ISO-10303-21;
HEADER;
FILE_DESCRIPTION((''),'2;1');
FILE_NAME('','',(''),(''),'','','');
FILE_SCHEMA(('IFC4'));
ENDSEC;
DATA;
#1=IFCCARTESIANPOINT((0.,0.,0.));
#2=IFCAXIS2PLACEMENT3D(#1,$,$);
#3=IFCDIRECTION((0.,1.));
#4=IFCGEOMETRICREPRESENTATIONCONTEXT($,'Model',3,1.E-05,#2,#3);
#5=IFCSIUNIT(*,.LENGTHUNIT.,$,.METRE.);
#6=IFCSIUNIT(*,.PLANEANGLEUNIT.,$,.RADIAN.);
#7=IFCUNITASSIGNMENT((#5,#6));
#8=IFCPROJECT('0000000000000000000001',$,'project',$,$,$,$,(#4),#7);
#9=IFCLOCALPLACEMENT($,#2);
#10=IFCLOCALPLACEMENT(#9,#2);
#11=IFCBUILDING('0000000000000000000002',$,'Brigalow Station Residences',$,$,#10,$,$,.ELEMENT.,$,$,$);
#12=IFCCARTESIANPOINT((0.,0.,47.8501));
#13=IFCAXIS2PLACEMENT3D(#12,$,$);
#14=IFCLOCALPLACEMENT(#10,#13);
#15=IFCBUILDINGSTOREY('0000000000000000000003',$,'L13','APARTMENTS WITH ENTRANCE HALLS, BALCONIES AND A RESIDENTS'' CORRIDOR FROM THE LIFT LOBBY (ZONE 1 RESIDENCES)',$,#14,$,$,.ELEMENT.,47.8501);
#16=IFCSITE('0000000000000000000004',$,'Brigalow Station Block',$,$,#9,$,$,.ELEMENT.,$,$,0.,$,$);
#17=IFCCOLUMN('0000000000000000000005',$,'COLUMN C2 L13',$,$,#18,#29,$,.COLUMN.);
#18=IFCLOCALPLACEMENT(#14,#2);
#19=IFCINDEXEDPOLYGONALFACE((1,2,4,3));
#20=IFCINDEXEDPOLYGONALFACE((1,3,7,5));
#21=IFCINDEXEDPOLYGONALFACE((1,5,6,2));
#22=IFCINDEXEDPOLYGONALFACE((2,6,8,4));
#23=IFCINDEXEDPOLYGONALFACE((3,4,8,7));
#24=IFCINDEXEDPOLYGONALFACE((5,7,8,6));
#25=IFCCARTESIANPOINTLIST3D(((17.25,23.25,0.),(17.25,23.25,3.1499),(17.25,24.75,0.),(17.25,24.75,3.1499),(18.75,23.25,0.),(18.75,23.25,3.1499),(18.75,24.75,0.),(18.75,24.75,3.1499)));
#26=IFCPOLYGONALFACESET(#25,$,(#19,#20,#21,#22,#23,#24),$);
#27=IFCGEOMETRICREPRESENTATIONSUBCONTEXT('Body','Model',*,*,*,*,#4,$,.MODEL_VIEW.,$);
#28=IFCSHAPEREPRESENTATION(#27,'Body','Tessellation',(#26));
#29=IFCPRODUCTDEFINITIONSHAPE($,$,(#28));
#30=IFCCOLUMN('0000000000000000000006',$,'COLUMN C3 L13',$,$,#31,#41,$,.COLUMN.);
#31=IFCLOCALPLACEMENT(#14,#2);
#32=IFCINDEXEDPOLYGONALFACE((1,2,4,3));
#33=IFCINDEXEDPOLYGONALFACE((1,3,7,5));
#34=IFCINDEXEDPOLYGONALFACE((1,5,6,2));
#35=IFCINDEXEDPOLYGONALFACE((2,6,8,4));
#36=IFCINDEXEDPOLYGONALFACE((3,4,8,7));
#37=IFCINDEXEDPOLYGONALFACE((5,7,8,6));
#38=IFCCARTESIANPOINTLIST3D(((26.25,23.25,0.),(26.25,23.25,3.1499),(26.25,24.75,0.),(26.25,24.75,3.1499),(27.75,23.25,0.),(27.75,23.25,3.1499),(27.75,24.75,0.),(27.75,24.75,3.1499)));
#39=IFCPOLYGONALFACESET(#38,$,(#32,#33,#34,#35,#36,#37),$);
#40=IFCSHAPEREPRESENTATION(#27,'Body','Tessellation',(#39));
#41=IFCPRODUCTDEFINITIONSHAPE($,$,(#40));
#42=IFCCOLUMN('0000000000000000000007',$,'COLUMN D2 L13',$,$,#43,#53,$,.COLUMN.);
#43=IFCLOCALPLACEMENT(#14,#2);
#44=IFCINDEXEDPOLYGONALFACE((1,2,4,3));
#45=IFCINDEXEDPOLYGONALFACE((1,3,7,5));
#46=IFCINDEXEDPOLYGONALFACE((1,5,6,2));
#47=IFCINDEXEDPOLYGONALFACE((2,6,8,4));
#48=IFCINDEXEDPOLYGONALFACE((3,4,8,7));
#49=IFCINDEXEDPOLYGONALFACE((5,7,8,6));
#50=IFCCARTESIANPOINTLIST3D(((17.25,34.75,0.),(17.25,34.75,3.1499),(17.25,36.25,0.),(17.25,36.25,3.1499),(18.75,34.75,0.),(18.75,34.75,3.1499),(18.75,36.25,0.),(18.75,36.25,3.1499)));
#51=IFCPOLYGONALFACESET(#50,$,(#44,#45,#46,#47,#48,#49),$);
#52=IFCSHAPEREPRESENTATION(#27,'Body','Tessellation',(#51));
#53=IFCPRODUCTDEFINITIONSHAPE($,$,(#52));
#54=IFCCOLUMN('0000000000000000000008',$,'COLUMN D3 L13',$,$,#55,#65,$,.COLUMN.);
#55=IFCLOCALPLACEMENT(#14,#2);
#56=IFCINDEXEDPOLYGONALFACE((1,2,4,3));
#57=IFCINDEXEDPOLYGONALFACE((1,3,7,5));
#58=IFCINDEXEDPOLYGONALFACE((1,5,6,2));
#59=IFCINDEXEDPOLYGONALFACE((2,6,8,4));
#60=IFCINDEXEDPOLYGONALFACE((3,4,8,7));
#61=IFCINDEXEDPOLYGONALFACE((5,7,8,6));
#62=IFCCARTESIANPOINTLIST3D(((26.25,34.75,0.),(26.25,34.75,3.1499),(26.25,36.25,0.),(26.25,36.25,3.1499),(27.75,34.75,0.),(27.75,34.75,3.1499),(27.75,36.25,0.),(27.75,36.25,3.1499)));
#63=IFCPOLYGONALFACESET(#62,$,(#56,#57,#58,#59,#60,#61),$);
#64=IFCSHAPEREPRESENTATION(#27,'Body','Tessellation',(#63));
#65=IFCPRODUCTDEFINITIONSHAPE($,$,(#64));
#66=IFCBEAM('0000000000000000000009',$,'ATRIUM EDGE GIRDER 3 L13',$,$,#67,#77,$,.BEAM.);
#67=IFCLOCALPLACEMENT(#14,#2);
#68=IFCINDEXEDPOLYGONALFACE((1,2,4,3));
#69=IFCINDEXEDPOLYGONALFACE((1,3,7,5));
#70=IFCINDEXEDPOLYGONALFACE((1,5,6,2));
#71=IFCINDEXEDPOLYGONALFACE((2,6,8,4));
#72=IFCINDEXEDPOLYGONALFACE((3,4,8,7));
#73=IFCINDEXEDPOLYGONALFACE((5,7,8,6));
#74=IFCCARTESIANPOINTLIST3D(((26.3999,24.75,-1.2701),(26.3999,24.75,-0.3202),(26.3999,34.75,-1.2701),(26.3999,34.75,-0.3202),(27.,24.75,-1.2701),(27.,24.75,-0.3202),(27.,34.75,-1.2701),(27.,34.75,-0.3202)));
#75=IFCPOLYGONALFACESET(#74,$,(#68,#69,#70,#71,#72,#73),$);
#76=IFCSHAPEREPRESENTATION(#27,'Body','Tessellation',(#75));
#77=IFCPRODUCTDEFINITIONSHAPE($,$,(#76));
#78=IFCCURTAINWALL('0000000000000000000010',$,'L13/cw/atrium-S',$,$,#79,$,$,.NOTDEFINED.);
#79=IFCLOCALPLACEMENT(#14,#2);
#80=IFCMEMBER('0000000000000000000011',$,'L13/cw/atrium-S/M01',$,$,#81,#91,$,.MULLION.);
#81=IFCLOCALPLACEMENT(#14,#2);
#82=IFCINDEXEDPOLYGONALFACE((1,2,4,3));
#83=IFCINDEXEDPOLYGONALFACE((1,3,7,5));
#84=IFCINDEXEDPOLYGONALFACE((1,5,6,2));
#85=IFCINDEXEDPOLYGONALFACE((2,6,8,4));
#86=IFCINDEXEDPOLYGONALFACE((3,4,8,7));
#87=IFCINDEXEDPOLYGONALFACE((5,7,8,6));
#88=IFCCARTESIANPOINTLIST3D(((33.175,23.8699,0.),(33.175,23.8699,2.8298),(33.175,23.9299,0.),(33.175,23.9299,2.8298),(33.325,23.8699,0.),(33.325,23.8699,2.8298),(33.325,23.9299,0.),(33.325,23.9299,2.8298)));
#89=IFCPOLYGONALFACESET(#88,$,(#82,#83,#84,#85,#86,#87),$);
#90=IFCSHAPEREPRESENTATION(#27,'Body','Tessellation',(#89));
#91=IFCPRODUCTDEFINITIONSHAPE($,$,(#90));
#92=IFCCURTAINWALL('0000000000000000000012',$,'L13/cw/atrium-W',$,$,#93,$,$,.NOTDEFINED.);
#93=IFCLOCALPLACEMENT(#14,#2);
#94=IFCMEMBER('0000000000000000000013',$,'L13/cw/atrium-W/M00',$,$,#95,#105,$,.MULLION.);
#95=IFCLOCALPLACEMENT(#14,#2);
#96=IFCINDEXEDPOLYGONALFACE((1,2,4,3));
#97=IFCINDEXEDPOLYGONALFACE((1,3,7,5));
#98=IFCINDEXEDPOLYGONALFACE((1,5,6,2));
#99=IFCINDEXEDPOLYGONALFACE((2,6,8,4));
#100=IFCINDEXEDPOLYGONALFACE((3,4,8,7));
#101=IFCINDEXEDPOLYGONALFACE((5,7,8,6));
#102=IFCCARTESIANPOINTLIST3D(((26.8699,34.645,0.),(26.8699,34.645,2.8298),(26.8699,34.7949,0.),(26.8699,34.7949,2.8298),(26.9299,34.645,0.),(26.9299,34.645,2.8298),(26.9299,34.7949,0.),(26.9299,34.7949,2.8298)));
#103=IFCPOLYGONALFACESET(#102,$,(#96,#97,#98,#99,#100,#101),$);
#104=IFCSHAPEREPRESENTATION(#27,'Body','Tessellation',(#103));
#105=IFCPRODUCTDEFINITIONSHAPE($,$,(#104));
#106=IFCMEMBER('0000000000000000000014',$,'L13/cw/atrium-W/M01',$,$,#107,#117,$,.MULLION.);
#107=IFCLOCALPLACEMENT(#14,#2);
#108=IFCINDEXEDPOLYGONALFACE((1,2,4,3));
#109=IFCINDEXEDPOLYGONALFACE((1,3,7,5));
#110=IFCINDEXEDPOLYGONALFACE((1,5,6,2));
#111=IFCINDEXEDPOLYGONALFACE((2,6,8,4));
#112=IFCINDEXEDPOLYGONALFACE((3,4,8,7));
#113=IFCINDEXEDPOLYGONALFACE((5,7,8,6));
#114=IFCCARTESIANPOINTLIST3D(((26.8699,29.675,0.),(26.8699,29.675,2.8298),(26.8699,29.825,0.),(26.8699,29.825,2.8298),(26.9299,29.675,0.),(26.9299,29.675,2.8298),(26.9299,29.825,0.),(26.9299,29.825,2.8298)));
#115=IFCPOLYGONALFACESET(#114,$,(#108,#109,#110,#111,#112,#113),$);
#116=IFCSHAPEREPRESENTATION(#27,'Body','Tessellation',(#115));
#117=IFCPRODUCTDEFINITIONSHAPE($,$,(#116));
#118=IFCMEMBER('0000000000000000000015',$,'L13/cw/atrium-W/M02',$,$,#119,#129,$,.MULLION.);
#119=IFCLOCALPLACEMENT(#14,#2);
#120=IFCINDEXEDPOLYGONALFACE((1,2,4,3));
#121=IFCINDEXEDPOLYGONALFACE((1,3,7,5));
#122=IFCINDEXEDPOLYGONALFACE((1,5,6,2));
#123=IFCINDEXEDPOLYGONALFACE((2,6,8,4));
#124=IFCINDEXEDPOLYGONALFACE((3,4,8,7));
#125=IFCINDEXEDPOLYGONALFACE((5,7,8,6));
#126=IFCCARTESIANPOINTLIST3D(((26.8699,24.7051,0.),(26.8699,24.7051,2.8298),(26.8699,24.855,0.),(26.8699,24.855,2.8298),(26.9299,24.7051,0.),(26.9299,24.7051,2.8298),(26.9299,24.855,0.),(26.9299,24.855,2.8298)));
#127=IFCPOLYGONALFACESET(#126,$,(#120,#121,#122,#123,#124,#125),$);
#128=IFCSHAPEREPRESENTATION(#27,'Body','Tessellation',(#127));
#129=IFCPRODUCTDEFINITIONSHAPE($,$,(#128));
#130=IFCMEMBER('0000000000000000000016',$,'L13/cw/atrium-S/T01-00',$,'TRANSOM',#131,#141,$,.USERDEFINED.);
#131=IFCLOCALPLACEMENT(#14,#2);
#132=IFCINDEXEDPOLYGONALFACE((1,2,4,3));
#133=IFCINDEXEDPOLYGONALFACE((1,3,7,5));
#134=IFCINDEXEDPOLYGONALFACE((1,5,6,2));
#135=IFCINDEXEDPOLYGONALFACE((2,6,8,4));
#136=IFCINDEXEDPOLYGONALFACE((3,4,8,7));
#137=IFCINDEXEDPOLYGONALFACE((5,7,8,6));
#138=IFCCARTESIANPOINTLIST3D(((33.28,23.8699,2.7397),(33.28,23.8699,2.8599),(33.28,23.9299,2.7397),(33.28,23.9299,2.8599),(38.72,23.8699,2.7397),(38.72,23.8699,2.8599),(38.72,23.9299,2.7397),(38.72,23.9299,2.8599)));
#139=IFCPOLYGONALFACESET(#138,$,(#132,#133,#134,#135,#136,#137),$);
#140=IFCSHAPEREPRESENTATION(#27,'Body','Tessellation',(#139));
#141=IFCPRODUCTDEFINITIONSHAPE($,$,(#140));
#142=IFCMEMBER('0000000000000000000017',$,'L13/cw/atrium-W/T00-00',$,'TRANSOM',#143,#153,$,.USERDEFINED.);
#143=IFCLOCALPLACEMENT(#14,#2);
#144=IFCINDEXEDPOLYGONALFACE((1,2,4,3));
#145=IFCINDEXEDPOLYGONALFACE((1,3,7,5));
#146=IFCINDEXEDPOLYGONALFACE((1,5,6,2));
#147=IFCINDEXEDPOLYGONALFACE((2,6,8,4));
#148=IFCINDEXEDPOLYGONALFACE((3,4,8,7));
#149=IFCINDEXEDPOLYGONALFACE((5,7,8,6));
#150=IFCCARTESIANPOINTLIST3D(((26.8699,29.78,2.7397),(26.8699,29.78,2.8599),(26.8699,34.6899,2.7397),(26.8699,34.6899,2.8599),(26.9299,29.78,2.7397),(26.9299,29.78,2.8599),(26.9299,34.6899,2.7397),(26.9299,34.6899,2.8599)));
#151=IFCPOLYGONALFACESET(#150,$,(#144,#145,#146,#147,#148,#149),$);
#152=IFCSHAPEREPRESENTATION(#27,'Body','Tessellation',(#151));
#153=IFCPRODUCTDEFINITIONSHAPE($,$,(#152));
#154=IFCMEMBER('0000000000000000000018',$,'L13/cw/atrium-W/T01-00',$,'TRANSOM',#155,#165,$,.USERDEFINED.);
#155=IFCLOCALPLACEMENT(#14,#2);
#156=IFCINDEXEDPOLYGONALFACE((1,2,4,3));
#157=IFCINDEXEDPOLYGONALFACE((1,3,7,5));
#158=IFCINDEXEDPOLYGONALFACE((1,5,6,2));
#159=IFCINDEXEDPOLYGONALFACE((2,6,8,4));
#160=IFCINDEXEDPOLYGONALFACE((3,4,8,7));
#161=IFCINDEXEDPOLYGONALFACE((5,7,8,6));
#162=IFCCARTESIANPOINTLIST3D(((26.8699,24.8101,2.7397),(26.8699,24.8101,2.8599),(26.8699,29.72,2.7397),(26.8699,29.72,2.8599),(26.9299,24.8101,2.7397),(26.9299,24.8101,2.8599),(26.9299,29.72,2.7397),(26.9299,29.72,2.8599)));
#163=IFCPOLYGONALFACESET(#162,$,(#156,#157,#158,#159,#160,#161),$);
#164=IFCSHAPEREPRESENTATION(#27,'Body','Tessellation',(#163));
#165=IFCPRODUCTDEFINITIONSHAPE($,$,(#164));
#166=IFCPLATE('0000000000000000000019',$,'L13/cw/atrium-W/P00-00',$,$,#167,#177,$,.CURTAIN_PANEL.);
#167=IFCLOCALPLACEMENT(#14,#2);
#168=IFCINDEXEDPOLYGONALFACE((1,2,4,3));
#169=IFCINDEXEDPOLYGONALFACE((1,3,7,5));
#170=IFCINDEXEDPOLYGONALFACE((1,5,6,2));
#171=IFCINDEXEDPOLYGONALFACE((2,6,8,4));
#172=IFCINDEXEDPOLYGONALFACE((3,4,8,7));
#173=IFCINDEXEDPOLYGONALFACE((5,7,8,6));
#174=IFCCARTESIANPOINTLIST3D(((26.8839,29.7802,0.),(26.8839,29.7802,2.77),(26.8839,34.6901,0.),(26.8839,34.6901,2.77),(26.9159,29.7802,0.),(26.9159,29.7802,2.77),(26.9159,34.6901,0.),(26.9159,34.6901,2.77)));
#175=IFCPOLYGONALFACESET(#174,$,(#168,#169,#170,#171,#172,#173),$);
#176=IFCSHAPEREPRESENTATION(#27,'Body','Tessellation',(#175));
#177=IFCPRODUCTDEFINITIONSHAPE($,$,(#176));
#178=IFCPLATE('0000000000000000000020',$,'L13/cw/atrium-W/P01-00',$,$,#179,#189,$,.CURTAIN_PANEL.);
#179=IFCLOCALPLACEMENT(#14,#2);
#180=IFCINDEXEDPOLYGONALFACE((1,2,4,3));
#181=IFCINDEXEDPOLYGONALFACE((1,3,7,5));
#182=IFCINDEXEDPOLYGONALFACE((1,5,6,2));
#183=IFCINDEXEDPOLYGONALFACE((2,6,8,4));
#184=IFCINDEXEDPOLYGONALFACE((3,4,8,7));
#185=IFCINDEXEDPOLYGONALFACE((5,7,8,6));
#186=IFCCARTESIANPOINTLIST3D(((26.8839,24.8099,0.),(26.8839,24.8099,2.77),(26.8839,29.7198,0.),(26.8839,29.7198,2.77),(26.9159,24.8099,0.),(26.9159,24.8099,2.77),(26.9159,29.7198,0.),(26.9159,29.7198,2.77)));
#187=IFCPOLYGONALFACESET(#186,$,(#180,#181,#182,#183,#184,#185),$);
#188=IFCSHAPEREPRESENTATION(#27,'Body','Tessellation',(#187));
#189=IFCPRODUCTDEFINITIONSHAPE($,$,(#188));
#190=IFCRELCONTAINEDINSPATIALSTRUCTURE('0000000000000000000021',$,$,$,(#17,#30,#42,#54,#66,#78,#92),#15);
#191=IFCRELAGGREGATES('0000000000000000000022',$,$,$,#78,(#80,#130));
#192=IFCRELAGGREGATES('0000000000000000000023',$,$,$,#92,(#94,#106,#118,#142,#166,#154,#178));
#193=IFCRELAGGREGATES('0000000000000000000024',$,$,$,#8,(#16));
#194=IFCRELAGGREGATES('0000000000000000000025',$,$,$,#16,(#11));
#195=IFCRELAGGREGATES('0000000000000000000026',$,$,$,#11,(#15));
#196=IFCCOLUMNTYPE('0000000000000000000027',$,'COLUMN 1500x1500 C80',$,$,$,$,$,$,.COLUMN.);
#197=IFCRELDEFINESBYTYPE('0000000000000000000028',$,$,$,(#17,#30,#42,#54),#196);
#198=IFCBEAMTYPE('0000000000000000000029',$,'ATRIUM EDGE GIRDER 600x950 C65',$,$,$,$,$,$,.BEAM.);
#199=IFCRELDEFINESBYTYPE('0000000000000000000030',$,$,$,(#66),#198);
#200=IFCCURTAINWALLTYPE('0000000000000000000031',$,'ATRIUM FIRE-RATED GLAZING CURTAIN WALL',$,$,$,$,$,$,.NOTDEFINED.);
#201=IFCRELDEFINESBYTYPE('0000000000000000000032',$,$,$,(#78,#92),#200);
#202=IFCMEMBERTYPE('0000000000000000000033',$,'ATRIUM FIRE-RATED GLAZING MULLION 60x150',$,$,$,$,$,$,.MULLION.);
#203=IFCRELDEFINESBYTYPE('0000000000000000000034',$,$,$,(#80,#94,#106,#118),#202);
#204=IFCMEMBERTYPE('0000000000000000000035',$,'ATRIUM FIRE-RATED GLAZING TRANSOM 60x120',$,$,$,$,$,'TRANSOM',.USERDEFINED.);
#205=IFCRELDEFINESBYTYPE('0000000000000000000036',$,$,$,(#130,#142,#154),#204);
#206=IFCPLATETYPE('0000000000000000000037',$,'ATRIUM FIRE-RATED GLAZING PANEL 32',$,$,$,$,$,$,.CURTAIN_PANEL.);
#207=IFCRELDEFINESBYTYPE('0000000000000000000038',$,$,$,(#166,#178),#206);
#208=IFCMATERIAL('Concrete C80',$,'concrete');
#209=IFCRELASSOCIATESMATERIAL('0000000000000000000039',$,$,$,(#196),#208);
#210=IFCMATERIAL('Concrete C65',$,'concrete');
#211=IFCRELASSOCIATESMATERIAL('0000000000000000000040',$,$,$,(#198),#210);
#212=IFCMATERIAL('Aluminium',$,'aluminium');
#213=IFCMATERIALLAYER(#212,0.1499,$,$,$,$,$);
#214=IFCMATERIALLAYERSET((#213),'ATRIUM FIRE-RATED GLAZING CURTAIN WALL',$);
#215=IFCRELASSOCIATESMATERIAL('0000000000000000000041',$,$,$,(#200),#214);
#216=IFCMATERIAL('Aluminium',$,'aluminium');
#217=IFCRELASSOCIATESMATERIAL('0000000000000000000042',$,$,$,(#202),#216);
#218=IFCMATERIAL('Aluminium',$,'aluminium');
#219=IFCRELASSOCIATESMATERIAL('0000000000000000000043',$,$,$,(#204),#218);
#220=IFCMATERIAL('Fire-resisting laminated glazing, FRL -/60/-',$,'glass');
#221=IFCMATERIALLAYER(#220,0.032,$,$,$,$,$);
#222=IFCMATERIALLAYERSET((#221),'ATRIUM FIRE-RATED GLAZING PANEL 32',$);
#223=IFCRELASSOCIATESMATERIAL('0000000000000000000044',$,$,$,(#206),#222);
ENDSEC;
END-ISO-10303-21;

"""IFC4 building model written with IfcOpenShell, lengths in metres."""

from ifc_helpers import new_model, si_unit, direction, frame, origin, origin_2d, place, context, subcontext, project, spatial, rectangle, extrude, material, layer, layer_set, material_profile, profile_set, type_object, element, aggregate, save


model = new_model("IFC4")

# Units and contexts
model_context = context("Model", 3, precision=1e-05, world=origin(), true_north=direction((0.0, 1.0)))
body_context = subcontext(model_context, "Body", "Model", "MODEL_VIEW")
ifc_project = project(units=[si_unit("LENGTHUNIT", "METRE"), si_unit("PLANEANGLEUNIT", "RADIAN")], contexts=[model_context])

# Site, building, storey
site_placement = place(None, origin())
site = spatial("IfcSite", under=ifc_project, at=site_placement, Name="Brigalow Station Block", CompositionType="ELEMENT", RefElevation=0.0)
building_placement = place(site_placement, origin())
building = spatial("IfcBuilding", under=site, at=building_placement, Name="Brigalow Station Residences", CompositionType="ELEMENT")
storey_placement = place(building_placement, frame((0.0, 0.0, 47.8501)))
storey = spatial("IfcBuildingStorey", under=building, at=storey_placement, Name="L13", Description="APARTMENTS WITH ENTRANCE HALLS, BALCONIES AND A RESIDENTS' CORRIDOR FROM THE LIFT LOBBY (ZONE 1 RESIDENCES)", CompositionType="ELEMENT", Elevation=47.8501)

# Columns
ifc_material_1 = material(Name="Concrete C80", Category="concrete")
ifc_material_profile_1 = material_profile(ifc_material_1, rectangle(XDim=1.5, YDim=1.5, at=origin_2d()), Name="RC1500x1500")
ifc_profile_set_1 = profile_set([ifc_material_profile_1], Name="Concrete C80")
column_type = type_object("IfcColumnType", Name="COLUMN 1500x1500 C80", PredefinedType="COLUMN", material=ifc_profile_set_1)
for number, where, z_axis, x_axis, name in (
    (1, (18.0, 24.0, 0.0), (0.0, 0.0, 1.0), (1.0, 0.0, 0.0), "COLUMN C2 L13"),
    (2, (27.0, 24.0, 0.0), (0.0, 0.0, 1.0), (1.0, 0.0, 0.0), "COLUMN C3 L13"),
    (3, (18.0, 35.5, 0.0), (0.0, 0.0, 1.0), (1.0, 0.0, 0.0), "COLUMN D2 L13"),
    (4, (27.0, 35.5, 0.0), (0.0, 0.0, 1.0), (1.0, 0.0, 0.0), "COLUMN D3 L13"),
):
    element("IfcColumn", number, at=place(storey_placement, frame(where, z_axis=z_axis, x_axis=x_axis)), inside=storey, type_object=column_type, Name=name, PredefinedType="COLUMN", context=body_context, shape_type="SweptSolid", body=[
        extrude(rectangle(XDim=1.5, YDim=1.5, at=origin_2d()), origin(), (0.0, 0.0, 1.0), 3.1499),
    ])

# Beam
ifc_material_2 = material(Name="Concrete C65", Category="concrete")
ifc_material_profile_2 = material_profile(ifc_material_2, rectangle(XDim=0.6001, YDim=0.95, at=origin_2d()), Name="RC600x950")
ifc_profile_set_2 = profile_set([ifc_material_profile_2], Name="Concrete C65")
beam_type = type_object("IfcBeamType", Name="ATRIUM EDGE GIRDER 600x950 C65", PredefinedType="BEAM", material=ifc_profile_set_2)
beam_placement = place(storey_placement, frame((26.7, 24.75, -0.7952), z_axis=(0.0, 1.0, 0.0), x_axis=(-1.0, 0.0, 0.0)))
element("IfcBeam", 5, at=beam_placement, inside=storey, type_object=beam_type, Name="ATRIUM EDGE GIRDER 3 L13", PredefinedType="BEAM", context=body_context, shape_type="SweptSolid", body=[
    extrude(rectangle(XDim=0.6001, YDim=0.95, at=origin_2d()), origin(), (0.0, 0.0, 1.0), 10.0),
])

# Curtain wall, member
ifc_material_3 = material(Name="Aluminium", Category="aluminium")
ifc_layer_1 = layer(ifc_material_3, 0.1499)
ifc_layer_set_1 = layer_set([ifc_layer_1], Name="ATRIUM FIRE-RATED GLAZING CURTAIN WALL")
curtain_wall_type = type_object("IfcCurtainWallType", Name="ATRIUM FIRE-RATED GLAZING CURTAIN WALL", PredefinedType="NOTDEFINED", material=ifc_layer_set_1)
curtain_wall_1_placement = place(storey_placement, origin())
curtain_wall_1 = element("IfcCurtainWall", 6, at=curtain_wall_1_placement, inside=storey, type_object=curtain_wall_type, Name="L13/cw/atrium-S", PredefinedType="NOTDEFINED")
ifc_material_4 = material(Name="Aluminium", Category="aluminium")
ifc_material_profile_3 = material_profile(ifc_material_4, rectangle(XDim=0.0601, YDim=0.1499, at=origin_2d()), Name="ATRIUM FIRE-RATED GLAZING MULLION 60x150")
ifc_profile_set_3 = profile_set([ifc_material_profile_3], Name="Aluminium")
member_type_1 = type_object("IfcMemberType", Name="ATRIUM FIRE-RATED GLAZING MULLION 60x150", PredefinedType="MULLION", material=ifc_profile_set_3)
member_1_placement = place(storey_placement, frame((33.25, 23.8999, 0.0), z_axis=(0.0, 0.0, 1.0), x_axis=(0.0, 1.0, 0.0)))
member_1 = element("IfcMember", 7, at=member_1_placement, type_object=member_type_1, Name="L13/cw/atrium-S/M01", PredefinedType="MULLION", context=body_context, shape_type="SweptSolid", body=[
    extrude(rectangle(XDim=0.0601, YDim=0.1499, at=origin_2d()), origin(), (0.0, 0.0, 1.0), 2.8298),
])

# Curtain wall, members
curtain_wall_2_placement = place(storey_placement, origin())
curtain_wall_2 = element("IfcCurtainWall", 8, at=curtain_wall_2_placement, inside=storey, type_object=curtain_wall_type, Name="L13/cw/atrium-W", PredefinedType="NOTDEFINED")
member_2_placement = place(storey_placement, frame((26.8999, 34.72, 0.0), z_axis=(0.0, 0.0, 1.0), x_axis=(1.0, 0.0, 0.0)))
member_2 = element("IfcMember", 9, at=member_2_placement, type_object=member_type_1, Name="L13/cw/atrium-W/M00", PredefinedType="MULLION", context=body_context, shape_type="SweptSolid", body=[
    extrude(rectangle(XDim=0.0601, YDim=0.1499, at=origin_2d()), origin(), (0.0, 0.0, 1.0), 2.8298),
])
member_3_placement = place(storey_placement, frame((26.8999, 29.75, 0.0), z_axis=(0.0, 0.0, 1.0), x_axis=(1.0, 0.0, 0.0)))
member_3 = element("IfcMember", 10, at=member_3_placement, type_object=member_type_1, Name="L13/cw/atrium-W/M01", PredefinedType="MULLION", context=body_context, shape_type="SweptSolid", body=[
    extrude(rectangle(XDim=0.0601, YDim=0.1499, at=origin_2d()), origin(), (0.0, 0.0, 1.0), 2.8298),
])
member_4_placement = place(storey_placement, frame((26.8999, 24.78, 0.0), z_axis=(0.0, 0.0, 1.0), x_axis=(1.0, 0.0, 0.0)))
member_4 = element("IfcMember", 11, at=member_4_placement, type_object=member_type_1, Name="L13/cw/atrium-W/M02", PredefinedType="MULLION", context=body_context, shape_type="SweptSolid", body=[
    extrude(rectangle(XDim=0.0601, YDim=0.1499, at=origin_2d()), origin(), (0.0, 0.0, 1.0), 2.8298),
])

# Members
ifc_material_5 = material(Name="Aluminium", Category="aluminium")
ifc_material_profile_4 = material_profile(ifc_material_5, rectangle(XDim=0.0601, YDim=0.1201, at=origin_2d()), Name="ATRIUM FIRE-RATED GLAZING TRANSOM 60x120")
ifc_profile_set_4 = profile_set([ifc_material_profile_4], Name="Aluminium")
member_type_2 = type_object("IfcMemberType", Name="ATRIUM FIRE-RATED GLAZING TRANSOM 60x120", ElementType="TRANSOM", PredefinedType="USERDEFINED", material=ifc_profile_set_4)
member_5_placement = place(storey_placement, frame((33.28, 23.8999, 2.7998), z_axis=(1.0, 0.0, 0.0), x_axis=(0.0, 1.0, 0.0)))
member_5 = element("IfcMember", 12, at=member_5_placement, type_object=member_type_2, Name="L13/cw/atrium-S/T01-00", ObjectType="TRANSOM", PredefinedType="USERDEFINED", context=body_context, shape_type="SweptSolid", body=[
    extrude(rectangle(XDim=0.0601, YDim=0.1201, at=origin_2d()), origin(), (0.0, 0.0, 1.0), 5.4399),
])
aggregate(curtain_wall_1, [member_1, member_5])
member_6_placement = place(storey_placement, frame((26.8999, 34.6899, 2.7998), z_axis=(0.0, -1.0, 0.0), x_axis=(1.0, 0.0, 0.0)))
member_6 = element("IfcMember", 13, at=member_6_placement, type_object=member_type_2, Name="L13/cw/atrium-W/T00-00", ObjectType="TRANSOM", PredefinedType="USERDEFINED", context=body_context, shape_type="SweptSolid", body=[
    extrude(rectangle(XDim=0.0601, YDim=0.1201, at=origin_2d()), origin(), (0.0, 0.0, 1.0), 4.9099),
])
member_7_placement = place(storey_placement, frame((26.8999, 29.72, 2.7998), z_axis=(0.0, -1.0, 0.0), x_axis=(1.0, 0.0, 0.0)))
member_7 = element("IfcMember", 14, at=member_7_placement, type_object=member_type_2, Name="L13/cw/atrium-W/T01-00", ObjectType="TRANSOM", PredefinedType="USERDEFINED", context=body_context, shape_type="SweptSolid", body=[
    extrude(rectangle(XDim=0.0601, YDim=0.1201, at=origin_2d()), origin(), (0.0, 0.0, 1.0), 4.9099),
])

# Plates
ifc_material_6 = material(Name="Fire-resisting laminated glazing, FRL -/60/-", Category="glass")
ifc_layer_2 = layer(ifc_material_6, 0.032)
ifc_layer_set_2 = layer_set([ifc_layer_2], Name="ATRIUM FIRE-RATED GLAZING PANEL 32")
plate_type = type_object("IfcPlateType", Name="ATRIUM FIRE-RATED GLAZING PANEL 32", PredefinedType="CURTAIN_PANEL", material=ifc_layer_set_2)
plate_1_placement = place(storey_placement, frame((26.8999, 32.2351, 0.0), z_axis=(0.0, 0.0, 1.0), x_axis=(0.0, -1.0, 0.0)))
plate_1 = element("IfcPlate", 15, at=plate_1_placement, type_object=plate_type, Name="L13/cw/atrium-W/P00-00", PredefinedType="CURTAIN_PANEL", context=body_context, shape_type="SweptSolid", body=[
    extrude(rectangle(XDim=4.9099, YDim=0.032, at=origin_2d()), origin(), (0.0, 0.0, 1.0), 2.77),
])
plate_2_placement = place(storey_placement, frame((26.8999, 27.2649, 0.0), z_axis=(0.0, 0.0, 1.0), x_axis=(0.0, -1.0, 0.0)))
plate_2 = element("IfcPlate", 16, at=plate_2_placement, type_object=plate_type, Name="L13/cw/atrium-W/P01-00", PredefinedType="CURTAIN_PANEL", context=body_context, shape_type="SweptSolid", body=[
    extrude(rectangle(XDim=4.9099, YDim=0.032, at=origin_2d()), origin(), (0.0, 0.0, 1.0), 2.77),
])
aggregate(curtain_wall_2, [member_2, member_3, member_4, member_6, plate_1, member_7, plate_2])

save(model, "model.ifc")
